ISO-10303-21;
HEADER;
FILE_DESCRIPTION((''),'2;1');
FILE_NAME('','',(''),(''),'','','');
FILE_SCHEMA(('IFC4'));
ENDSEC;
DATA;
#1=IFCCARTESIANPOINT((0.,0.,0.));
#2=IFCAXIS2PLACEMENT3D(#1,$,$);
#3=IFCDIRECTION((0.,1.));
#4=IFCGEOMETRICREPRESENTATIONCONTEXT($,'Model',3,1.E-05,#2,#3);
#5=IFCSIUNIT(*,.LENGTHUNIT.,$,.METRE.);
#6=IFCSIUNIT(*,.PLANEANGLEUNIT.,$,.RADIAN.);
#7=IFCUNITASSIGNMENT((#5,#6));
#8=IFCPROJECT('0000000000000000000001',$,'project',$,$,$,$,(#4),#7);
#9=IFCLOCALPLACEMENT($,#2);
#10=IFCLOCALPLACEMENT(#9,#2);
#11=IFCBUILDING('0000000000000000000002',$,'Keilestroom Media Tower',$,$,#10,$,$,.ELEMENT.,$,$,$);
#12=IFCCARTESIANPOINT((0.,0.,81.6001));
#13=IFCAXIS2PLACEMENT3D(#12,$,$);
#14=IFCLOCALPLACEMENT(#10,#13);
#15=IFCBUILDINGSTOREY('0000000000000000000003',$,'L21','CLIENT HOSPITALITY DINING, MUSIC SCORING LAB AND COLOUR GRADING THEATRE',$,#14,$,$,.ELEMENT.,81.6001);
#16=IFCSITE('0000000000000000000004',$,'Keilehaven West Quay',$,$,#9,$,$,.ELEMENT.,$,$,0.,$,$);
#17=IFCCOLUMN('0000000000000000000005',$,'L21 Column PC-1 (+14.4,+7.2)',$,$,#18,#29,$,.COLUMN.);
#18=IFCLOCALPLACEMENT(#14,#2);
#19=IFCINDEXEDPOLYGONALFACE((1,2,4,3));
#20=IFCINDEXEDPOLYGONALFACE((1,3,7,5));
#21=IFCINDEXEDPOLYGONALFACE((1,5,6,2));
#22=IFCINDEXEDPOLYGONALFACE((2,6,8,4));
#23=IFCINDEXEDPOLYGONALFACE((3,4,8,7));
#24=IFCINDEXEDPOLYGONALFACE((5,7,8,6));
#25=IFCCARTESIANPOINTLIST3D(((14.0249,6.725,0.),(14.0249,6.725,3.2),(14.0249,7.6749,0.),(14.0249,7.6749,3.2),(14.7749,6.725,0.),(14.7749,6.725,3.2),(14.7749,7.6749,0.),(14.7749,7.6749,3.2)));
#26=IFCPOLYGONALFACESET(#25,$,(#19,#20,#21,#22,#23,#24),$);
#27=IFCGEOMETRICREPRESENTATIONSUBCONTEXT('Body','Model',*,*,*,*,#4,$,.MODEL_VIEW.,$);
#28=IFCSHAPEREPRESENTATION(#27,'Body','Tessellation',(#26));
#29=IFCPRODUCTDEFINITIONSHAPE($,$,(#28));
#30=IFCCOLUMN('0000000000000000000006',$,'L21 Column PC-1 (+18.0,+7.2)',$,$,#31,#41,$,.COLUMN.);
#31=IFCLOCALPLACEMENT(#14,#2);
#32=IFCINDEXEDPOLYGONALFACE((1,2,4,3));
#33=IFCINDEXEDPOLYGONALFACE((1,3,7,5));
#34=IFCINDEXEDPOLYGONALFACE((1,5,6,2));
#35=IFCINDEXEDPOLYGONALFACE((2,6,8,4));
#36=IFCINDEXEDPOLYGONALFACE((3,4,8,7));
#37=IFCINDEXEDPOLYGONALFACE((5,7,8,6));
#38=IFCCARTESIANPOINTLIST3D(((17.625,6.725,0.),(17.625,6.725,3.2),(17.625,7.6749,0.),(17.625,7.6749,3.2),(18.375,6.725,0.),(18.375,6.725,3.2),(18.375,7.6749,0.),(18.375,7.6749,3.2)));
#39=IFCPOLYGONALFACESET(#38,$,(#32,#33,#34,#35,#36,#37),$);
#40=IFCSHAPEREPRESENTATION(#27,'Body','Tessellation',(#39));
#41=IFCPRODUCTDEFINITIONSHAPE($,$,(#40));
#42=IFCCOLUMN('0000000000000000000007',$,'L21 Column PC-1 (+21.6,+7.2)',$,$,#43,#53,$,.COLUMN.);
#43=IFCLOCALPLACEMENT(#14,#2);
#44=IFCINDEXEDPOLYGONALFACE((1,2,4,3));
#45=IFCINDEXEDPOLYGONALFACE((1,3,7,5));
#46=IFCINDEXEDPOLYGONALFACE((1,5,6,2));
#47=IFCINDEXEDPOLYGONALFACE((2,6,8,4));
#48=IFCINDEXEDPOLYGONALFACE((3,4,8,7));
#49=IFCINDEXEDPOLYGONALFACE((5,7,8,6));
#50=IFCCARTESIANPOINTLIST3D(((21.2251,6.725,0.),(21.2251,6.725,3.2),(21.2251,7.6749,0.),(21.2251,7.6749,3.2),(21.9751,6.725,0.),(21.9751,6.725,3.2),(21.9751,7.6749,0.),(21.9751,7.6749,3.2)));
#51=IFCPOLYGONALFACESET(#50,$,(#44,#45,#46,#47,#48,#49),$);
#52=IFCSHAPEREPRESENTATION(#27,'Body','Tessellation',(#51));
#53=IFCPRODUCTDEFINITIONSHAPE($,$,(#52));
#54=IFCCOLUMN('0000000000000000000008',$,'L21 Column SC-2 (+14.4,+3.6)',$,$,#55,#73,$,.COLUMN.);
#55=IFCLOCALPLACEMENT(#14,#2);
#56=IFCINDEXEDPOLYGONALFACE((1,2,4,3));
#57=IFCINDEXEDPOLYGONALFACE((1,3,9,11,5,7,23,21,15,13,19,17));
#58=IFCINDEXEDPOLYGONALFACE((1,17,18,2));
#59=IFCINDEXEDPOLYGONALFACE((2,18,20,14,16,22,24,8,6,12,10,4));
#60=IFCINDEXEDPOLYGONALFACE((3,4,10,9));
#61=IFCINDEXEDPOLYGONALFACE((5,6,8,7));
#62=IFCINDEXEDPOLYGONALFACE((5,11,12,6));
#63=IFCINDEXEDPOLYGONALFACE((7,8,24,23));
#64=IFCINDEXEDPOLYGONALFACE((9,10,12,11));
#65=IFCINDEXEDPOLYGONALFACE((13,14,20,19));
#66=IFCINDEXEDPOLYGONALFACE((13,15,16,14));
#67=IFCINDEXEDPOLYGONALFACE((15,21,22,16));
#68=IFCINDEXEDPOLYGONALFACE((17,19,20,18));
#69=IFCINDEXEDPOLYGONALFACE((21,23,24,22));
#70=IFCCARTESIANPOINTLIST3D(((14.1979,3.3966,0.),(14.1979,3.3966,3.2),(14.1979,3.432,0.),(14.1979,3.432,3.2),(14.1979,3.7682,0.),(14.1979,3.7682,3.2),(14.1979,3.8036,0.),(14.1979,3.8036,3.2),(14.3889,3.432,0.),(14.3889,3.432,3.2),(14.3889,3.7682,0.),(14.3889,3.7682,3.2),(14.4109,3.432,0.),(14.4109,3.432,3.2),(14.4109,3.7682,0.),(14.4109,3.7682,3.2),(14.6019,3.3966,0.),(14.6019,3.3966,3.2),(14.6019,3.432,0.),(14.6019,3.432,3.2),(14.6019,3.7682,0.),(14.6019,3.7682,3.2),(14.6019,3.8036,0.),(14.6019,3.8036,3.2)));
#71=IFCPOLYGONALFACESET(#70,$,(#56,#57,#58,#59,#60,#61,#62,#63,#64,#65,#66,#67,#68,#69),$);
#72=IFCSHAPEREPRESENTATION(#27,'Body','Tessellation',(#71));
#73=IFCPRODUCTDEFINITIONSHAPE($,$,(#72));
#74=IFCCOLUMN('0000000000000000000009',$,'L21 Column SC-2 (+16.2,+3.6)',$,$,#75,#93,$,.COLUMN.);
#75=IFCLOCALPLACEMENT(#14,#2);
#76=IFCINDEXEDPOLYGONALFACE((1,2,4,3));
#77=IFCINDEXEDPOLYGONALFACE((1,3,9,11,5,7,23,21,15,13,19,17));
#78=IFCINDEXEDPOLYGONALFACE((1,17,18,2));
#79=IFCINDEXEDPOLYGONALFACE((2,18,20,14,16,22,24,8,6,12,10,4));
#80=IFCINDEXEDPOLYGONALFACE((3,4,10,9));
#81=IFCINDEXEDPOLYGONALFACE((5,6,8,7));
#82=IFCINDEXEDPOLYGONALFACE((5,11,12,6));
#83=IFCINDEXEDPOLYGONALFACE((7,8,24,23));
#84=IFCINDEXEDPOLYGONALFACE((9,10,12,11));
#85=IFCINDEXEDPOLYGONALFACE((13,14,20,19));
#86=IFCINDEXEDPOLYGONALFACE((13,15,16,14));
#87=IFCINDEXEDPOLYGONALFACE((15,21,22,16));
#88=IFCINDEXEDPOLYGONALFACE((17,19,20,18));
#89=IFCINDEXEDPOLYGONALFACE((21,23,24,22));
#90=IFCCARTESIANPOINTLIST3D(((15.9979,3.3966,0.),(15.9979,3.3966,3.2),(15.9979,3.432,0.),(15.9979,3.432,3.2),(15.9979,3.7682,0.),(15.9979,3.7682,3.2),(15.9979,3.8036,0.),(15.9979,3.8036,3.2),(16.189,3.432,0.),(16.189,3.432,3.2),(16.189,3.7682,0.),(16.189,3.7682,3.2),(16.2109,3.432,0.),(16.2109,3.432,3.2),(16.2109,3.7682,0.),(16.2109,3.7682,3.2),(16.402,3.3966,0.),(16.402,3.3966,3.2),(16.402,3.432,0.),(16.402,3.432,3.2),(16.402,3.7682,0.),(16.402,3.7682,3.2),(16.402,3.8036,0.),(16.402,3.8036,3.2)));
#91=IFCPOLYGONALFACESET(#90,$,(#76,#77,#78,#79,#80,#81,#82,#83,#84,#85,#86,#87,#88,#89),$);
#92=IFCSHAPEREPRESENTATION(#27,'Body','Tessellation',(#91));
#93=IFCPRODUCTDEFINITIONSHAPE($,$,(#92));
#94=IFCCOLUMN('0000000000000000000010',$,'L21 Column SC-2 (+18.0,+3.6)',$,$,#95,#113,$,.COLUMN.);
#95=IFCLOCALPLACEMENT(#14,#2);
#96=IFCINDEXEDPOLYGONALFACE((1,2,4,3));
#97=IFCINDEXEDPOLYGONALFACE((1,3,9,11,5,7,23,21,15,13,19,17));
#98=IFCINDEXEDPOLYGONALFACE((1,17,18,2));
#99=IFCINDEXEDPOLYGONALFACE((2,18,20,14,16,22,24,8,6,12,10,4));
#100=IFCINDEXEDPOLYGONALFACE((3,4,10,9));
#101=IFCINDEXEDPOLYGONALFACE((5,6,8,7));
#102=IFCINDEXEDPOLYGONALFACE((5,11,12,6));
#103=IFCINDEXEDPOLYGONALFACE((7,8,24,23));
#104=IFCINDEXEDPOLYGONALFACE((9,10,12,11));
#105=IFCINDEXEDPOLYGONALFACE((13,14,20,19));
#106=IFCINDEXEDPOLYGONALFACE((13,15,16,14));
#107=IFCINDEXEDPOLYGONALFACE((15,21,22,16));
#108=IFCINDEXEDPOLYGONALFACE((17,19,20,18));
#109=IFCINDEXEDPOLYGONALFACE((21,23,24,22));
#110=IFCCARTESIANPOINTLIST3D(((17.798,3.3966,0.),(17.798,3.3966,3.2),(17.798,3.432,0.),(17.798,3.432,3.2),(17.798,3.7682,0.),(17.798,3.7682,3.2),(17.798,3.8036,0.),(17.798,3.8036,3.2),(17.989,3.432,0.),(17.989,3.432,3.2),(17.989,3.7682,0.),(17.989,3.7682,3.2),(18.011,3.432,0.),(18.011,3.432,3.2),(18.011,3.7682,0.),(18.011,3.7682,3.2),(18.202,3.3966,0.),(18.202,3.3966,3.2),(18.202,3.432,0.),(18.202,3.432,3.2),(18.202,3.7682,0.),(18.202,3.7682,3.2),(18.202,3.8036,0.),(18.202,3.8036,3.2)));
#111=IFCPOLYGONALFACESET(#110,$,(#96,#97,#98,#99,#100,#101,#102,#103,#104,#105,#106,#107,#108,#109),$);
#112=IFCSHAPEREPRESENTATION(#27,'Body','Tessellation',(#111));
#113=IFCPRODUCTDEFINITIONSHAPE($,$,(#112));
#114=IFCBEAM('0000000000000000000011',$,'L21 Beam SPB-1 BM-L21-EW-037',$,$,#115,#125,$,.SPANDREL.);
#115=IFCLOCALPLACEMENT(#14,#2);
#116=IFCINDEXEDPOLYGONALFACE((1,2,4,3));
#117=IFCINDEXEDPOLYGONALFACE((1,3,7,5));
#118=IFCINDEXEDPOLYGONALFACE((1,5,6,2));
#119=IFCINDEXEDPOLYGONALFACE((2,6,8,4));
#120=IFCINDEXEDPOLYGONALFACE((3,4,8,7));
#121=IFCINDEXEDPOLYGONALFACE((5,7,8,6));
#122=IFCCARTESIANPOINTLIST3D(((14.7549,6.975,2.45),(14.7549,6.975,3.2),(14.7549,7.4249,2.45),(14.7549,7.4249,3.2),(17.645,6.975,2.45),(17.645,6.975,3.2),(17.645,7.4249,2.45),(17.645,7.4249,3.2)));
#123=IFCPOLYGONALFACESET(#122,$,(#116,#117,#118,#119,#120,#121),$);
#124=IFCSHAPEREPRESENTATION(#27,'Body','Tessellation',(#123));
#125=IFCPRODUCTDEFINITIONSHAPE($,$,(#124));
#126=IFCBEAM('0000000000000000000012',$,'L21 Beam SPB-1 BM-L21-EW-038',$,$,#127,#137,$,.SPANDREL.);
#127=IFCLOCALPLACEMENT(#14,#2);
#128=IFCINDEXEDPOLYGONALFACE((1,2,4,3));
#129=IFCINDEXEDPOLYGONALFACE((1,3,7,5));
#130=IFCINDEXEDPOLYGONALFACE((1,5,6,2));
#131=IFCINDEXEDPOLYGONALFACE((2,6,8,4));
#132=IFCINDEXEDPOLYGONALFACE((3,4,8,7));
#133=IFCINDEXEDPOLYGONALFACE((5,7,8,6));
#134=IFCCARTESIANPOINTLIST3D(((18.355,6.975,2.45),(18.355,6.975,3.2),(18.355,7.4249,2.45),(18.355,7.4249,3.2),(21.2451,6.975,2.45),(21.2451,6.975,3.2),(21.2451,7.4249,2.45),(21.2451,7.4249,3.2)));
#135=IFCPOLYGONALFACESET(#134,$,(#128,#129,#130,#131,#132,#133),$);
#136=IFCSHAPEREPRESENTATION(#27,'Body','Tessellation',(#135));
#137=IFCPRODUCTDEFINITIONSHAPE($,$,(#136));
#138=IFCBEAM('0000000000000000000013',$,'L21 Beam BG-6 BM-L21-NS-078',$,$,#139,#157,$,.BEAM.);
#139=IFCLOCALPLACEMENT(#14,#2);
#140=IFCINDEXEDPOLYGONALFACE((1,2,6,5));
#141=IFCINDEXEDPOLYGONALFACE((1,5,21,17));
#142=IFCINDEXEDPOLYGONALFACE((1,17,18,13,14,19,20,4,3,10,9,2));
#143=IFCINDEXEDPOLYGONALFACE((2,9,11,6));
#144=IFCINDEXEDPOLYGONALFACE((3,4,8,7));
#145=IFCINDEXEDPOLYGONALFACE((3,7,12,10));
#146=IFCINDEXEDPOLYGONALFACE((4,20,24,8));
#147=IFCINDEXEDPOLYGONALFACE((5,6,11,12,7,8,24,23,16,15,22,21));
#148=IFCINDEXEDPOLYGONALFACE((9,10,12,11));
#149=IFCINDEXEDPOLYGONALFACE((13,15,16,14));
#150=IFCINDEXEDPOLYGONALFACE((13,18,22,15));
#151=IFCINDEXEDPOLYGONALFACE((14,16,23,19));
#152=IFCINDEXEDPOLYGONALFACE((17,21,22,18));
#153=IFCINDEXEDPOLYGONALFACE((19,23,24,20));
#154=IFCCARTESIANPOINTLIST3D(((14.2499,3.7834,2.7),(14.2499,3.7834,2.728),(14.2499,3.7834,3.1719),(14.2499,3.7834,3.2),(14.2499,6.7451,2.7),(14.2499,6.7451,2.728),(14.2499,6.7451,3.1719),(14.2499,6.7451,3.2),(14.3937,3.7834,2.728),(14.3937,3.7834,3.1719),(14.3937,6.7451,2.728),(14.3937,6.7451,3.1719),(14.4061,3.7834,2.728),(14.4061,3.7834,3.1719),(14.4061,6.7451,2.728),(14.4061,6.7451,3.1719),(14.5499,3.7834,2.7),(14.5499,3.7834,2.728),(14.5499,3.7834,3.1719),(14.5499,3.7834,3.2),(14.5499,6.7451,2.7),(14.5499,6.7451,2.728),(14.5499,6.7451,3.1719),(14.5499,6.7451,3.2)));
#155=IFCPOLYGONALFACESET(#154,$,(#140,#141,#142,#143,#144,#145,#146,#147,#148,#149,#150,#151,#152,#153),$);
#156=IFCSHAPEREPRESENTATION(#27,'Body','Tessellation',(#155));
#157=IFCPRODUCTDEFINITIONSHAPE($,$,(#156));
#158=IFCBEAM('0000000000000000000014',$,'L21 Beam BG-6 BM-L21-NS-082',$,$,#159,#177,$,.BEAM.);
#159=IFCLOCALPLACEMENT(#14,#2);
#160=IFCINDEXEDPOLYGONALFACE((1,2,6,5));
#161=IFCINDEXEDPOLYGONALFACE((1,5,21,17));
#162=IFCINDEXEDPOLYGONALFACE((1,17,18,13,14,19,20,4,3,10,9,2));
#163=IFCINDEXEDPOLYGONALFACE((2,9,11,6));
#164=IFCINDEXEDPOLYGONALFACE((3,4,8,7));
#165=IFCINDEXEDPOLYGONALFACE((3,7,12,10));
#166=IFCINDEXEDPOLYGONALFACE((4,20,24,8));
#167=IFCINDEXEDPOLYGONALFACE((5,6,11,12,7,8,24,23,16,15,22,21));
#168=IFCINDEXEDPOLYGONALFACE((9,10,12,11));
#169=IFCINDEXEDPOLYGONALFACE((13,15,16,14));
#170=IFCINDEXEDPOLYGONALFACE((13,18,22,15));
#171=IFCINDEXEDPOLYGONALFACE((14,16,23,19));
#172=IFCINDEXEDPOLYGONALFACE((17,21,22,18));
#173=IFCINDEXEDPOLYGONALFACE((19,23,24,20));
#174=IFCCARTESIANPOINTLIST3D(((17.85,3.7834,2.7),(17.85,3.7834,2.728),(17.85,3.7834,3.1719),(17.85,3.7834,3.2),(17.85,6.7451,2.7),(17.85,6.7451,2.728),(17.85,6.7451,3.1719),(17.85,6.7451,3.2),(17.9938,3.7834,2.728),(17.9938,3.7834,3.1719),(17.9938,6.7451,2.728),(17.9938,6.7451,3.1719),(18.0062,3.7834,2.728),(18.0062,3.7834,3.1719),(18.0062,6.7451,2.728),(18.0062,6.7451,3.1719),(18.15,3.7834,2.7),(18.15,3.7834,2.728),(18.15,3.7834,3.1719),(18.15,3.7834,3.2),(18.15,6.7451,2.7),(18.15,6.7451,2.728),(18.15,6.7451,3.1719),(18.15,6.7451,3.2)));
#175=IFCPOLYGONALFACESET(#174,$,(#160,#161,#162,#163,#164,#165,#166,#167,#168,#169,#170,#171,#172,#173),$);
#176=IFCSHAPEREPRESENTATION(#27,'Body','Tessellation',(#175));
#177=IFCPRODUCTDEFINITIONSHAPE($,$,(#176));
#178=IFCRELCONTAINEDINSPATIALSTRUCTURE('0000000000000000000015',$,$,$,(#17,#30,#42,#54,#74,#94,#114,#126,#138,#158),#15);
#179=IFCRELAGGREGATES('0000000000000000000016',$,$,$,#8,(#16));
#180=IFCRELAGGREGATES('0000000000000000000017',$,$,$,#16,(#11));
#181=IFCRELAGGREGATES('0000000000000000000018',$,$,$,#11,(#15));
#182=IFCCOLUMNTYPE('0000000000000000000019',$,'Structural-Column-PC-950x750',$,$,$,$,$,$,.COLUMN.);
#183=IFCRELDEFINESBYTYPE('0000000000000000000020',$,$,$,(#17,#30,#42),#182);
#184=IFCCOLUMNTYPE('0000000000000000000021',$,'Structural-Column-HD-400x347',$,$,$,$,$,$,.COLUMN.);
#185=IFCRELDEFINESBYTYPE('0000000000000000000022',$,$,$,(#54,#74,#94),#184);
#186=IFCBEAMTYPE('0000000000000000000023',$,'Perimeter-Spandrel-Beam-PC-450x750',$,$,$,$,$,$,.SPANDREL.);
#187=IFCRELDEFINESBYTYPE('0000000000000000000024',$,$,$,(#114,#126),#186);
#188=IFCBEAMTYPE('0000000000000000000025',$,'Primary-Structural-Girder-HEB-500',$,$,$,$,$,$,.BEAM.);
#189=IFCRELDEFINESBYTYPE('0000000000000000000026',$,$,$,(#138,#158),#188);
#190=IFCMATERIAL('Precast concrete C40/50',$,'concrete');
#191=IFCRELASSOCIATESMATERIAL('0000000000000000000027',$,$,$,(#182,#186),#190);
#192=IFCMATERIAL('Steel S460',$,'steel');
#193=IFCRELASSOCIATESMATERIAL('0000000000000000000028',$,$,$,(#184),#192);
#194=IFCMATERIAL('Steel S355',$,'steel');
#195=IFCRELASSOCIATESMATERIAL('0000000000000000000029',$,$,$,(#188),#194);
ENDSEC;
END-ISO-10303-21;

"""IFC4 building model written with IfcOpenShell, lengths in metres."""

from ifc_helpers import new_model, si_unit, direction, frame, origin, origin_2d, place, context, subcontext, project, spatial, rectangle, i_section, extrude, source, transform, mapped, material, material_profile, profile_set, type_object, element, save


model = new_model("IFC4")

# Units and contexts
model_context = context("Model", 3, precision=1e-05, world=origin(), true_north=direction((0.0, 1.0)))
body_context = subcontext(model_context, "Body", "Model", "MODEL_VIEW")
ifc_project = project(units=[si_unit("LENGTHUNIT", "METRE"), si_unit("PLANEANGLEUNIT", "RADIAN")], contexts=[model_context])

# Site, building, storey
site_placement = place(None, origin())
site = spatial("IfcSite", under=ifc_project, at=site_placement, Name="Keilehaven West Quay", CompositionType="ELEMENT", RefElevation=0.0)
building_placement = place(site_placement, origin())
building = spatial("IfcBuilding", under=site, at=building_placement, Name="Keilestroom Media Tower", CompositionType="ELEMENT")
storey_placement = place(building_placement, frame((0.0, 0.0, 81.6001)))
storey = spatial("IfcBuildingStorey", under=building, at=storey_placement, Name="L21", Description="CLIENT HOSPITALITY DINING, MUSIC SCORING LAB AND COLOUR GRADING THEATRE", CompositionType="ELEMENT", Elevation=81.6001)

# Columns
ifc_material_1 = material(Name="Precast concrete C40/50", Category="concrete")
ifc_material_profile_1 = material_profile(ifc_material_1, rectangle(XDim=0.75, YDim=0.95, at=origin_2d()), Name="PC 950x750")
ifc_profile_set_1 = profile_set([ifc_material_profile_1], Name="Precast concrete C40/50")
column_type_1 = type_object("IfcColumnType", Name="Structural-Column-PC-950x750", PredefinedType="COLUMN", material=ifc_profile_set_1)
shared_shape_1 = source(origin(), body_context, "Body", "SweptSolid", [
    extrude(rectangle(XDim=0.75, YDim=0.95, at=origin_2d()), origin(), (0.0, 0.0, 1.0), 3.2),
])
for number, where, z_axis, x_axis, name in (
    (1, (14.3999, 7.2, 0.0), (0.0, 0.0, 1.0), (1.0, 0.0, 0.0), "L21 Column PC-1 (+14.4,+7.2)"),
    (2, (18.0, 7.2, 0.0), (0.0, 0.0, 1.0), (1.0, 0.0, 0.0), "L21 Column PC-1 (+18.0,+7.2)"),
    (3, (21.6001, 7.2, 0.0), (0.0, 0.0, 1.0), (1.0, 0.0, 0.0), "L21 Column PC-1 (+21.6,+7.2)"),
):
    element("IfcColumn", number, at=place(storey_placement, frame(where, z_axis=z_axis, x_axis=x_axis)), inside=storey, type_object=column_type_1, Name=name, PredefinedType="COLUMN", context=body_context, shape_type="MappedRepresentation", body=[
        mapped(shared_shape_1, transform((0.0, 0.0, 0.0), x_axis=(1.0, 0.0, 0.0), y_axis=(0.0, 1.0, 0.0), z_axis=(0.0, 0.0, 1.0), scale=1.0)),
    ])
ifc_material_2 = material(Name="Steel S460", Category="steel")
ifc_material_profile_2 = material_profile(ifc_material_2, i_section(OverallWidth=0.4041, OverallDepth=0.407, WebThickness=0.022, FlangeThickness=0.0354, at=origin_2d()), Name="HD 400x347")
ifc_profile_set_2 = profile_set([ifc_material_profile_2], Name="Steel S460")
column_type_2 = type_object("IfcColumnType", Name="Structural-Column-HD-400x347", PredefinedType="COLUMN", material=ifc_profile_set_2)
shared_shape_2 = source(origin(), body_context, "Body", "SweptSolid", [
    extrude(i_section(OverallWidth=0.4041, OverallDepth=0.407, WebThickness=0.022, FlangeThickness=0.0354, at=origin_2d()), origin(), (0.0, 0.0, 1.0), 3.2),
])
for number, where, z_axis, x_axis, name in (
    (4, (14.3999, 3.6001, 0.0), (0.0, 0.0, 1.0), (1.0, 0.0, 0.0), "L21 Column SC-2 (+14.4,+3.6)"),
    (5, (16.2, 3.6001, 0.0), (0.0, 0.0, 1.0), (1.0, 0.0, 0.0), "L21 Column SC-2 (+16.2,+3.6)"),
    (6, (18.0, 3.6001, 0.0), (0.0, 0.0, 1.0), (1.0, 0.0, 0.0), "L21 Column SC-2 (+18.0,+3.6)"),
):
    element("IfcColumn", number, at=place(storey_placement, frame(where, z_axis=z_axis, x_axis=x_axis)), inside=storey, type_object=column_type_2, Name=name, PredefinedType="COLUMN", context=body_context, shape_type="MappedRepresentation", body=[
        mapped(shared_shape_2, transform((0.0, 0.0, 0.0), x_axis=(1.0, 0.0, 0.0), y_axis=(0.0, 1.0, 0.0), z_axis=(0.0, 0.0, 1.0), scale=1.0)),
    ])

# Beams
ifc_material_profile_3 = material_profile(ifc_material_1, rectangle(XDim=0.45, YDim=0.75, at=origin_2d()), Name="PC 450x750")
ifc_profile_set_3 = profile_set([ifc_material_profile_3], Name="Precast concrete C40/50")
beam_type_1 = type_object("IfcBeamType", Name="Perimeter-Spandrel-Beam-PC-450x750", PredefinedType="SPANDREL", material=ifc_profile_set_3)
shared_shape_3 = source(origin(), body_context, "Body", "SweptSolid", [
    extrude(rectangle(XDim=0.45, YDim=0.75, at=origin_2d()), origin(), (0.0, 0.0, 1.0), 2.8901),
])
for number, where, z_axis, x_axis, name in (
    (7, (14.7549, 7.2, 2.825), (1.0, 0.0, 0.0), (0.0, 1.0, 0.0), "L21 Beam SPB-1 BM-L21-EW-037"),
    (8, (18.355, 7.2, 2.825), (1.0, 0.0, 0.0), (0.0, 1.0, 0.0), "L21 Beam SPB-1 BM-L21-EW-038"),
):
    element("IfcBeam", number, at=place(storey_placement, frame(where, z_axis=z_axis, x_axis=x_axis)), inside=storey, type_object=beam_type_1, Name=name, PredefinedType="SPANDREL", context=body_context, shape_type="MappedRepresentation", body=[
        mapped(shared_shape_3, transform((0.0, 0.0, 0.0), x_axis=(1.0, 0.0, 0.0), y_axis=(0.0, 1.0, 0.0), z_axis=(0.0, 0.0, 1.0), scale=1.0)),
    ])
ifc_material_3 = material(Name="Steel S355", Category="steel")
ifc_material_profile_4 = material_profile(ifc_material_3, i_section(OverallWidth=0.3, OverallDepth=0.5, WebThickness=0.0125, FlangeThickness=0.0281, at=origin_2d()), Name="HEB 500")
ifc_profile_set_4 = profile_set([ifc_material_profile_4], Name="Steel S355")
beam_type_2 = type_object("IfcBeamType", Name="Primary-Structural-Girder-HEB-500", PredefinedType="BEAM", material=ifc_profile_set_4)
shared_shape_4 = source(origin(), body_context, "Body", "SweptSolid", [
    extrude(i_section(OverallWidth=0.3, OverallDepth=0.5, WebThickness=0.0125, FlangeThickness=0.0281, at=origin_2d()), origin(), (0.0, 0.0, 1.0), 2.9617),
])
for number, where, z_axis, x_axis, name in (
    (9, (14.3999, 3.7834, 2.95), (0.0, 1.0, 0.0), (-1.0, 0.0, 0.0), "L21 Beam BG-6 BM-L21-NS-078"),
    (10, (18.0, 3.7834, 2.95), (0.0, 1.0, 0.0), (-1.0, 0.0, 0.0), "L21 Beam BG-6 BM-L21-NS-082"),
):
    element("IfcBeam", number, at=place(storey_placement, frame(where, z_axis=z_axis, x_axis=x_axis)), inside=storey, type_object=beam_type_2, Name=name, PredefinedType="BEAM", context=body_context, shape_type="MappedRepresentation", body=[
        mapped(shared_shape_4, transform((0.0, 0.0, 0.0), x_axis=(1.0, 0.0, 0.0), y_axis=(0.0, 1.0, 0.0), z_axis=(0.0, 0.0, 1.0), scale=1.0)),
    ])

save(model, "model.ifc")
